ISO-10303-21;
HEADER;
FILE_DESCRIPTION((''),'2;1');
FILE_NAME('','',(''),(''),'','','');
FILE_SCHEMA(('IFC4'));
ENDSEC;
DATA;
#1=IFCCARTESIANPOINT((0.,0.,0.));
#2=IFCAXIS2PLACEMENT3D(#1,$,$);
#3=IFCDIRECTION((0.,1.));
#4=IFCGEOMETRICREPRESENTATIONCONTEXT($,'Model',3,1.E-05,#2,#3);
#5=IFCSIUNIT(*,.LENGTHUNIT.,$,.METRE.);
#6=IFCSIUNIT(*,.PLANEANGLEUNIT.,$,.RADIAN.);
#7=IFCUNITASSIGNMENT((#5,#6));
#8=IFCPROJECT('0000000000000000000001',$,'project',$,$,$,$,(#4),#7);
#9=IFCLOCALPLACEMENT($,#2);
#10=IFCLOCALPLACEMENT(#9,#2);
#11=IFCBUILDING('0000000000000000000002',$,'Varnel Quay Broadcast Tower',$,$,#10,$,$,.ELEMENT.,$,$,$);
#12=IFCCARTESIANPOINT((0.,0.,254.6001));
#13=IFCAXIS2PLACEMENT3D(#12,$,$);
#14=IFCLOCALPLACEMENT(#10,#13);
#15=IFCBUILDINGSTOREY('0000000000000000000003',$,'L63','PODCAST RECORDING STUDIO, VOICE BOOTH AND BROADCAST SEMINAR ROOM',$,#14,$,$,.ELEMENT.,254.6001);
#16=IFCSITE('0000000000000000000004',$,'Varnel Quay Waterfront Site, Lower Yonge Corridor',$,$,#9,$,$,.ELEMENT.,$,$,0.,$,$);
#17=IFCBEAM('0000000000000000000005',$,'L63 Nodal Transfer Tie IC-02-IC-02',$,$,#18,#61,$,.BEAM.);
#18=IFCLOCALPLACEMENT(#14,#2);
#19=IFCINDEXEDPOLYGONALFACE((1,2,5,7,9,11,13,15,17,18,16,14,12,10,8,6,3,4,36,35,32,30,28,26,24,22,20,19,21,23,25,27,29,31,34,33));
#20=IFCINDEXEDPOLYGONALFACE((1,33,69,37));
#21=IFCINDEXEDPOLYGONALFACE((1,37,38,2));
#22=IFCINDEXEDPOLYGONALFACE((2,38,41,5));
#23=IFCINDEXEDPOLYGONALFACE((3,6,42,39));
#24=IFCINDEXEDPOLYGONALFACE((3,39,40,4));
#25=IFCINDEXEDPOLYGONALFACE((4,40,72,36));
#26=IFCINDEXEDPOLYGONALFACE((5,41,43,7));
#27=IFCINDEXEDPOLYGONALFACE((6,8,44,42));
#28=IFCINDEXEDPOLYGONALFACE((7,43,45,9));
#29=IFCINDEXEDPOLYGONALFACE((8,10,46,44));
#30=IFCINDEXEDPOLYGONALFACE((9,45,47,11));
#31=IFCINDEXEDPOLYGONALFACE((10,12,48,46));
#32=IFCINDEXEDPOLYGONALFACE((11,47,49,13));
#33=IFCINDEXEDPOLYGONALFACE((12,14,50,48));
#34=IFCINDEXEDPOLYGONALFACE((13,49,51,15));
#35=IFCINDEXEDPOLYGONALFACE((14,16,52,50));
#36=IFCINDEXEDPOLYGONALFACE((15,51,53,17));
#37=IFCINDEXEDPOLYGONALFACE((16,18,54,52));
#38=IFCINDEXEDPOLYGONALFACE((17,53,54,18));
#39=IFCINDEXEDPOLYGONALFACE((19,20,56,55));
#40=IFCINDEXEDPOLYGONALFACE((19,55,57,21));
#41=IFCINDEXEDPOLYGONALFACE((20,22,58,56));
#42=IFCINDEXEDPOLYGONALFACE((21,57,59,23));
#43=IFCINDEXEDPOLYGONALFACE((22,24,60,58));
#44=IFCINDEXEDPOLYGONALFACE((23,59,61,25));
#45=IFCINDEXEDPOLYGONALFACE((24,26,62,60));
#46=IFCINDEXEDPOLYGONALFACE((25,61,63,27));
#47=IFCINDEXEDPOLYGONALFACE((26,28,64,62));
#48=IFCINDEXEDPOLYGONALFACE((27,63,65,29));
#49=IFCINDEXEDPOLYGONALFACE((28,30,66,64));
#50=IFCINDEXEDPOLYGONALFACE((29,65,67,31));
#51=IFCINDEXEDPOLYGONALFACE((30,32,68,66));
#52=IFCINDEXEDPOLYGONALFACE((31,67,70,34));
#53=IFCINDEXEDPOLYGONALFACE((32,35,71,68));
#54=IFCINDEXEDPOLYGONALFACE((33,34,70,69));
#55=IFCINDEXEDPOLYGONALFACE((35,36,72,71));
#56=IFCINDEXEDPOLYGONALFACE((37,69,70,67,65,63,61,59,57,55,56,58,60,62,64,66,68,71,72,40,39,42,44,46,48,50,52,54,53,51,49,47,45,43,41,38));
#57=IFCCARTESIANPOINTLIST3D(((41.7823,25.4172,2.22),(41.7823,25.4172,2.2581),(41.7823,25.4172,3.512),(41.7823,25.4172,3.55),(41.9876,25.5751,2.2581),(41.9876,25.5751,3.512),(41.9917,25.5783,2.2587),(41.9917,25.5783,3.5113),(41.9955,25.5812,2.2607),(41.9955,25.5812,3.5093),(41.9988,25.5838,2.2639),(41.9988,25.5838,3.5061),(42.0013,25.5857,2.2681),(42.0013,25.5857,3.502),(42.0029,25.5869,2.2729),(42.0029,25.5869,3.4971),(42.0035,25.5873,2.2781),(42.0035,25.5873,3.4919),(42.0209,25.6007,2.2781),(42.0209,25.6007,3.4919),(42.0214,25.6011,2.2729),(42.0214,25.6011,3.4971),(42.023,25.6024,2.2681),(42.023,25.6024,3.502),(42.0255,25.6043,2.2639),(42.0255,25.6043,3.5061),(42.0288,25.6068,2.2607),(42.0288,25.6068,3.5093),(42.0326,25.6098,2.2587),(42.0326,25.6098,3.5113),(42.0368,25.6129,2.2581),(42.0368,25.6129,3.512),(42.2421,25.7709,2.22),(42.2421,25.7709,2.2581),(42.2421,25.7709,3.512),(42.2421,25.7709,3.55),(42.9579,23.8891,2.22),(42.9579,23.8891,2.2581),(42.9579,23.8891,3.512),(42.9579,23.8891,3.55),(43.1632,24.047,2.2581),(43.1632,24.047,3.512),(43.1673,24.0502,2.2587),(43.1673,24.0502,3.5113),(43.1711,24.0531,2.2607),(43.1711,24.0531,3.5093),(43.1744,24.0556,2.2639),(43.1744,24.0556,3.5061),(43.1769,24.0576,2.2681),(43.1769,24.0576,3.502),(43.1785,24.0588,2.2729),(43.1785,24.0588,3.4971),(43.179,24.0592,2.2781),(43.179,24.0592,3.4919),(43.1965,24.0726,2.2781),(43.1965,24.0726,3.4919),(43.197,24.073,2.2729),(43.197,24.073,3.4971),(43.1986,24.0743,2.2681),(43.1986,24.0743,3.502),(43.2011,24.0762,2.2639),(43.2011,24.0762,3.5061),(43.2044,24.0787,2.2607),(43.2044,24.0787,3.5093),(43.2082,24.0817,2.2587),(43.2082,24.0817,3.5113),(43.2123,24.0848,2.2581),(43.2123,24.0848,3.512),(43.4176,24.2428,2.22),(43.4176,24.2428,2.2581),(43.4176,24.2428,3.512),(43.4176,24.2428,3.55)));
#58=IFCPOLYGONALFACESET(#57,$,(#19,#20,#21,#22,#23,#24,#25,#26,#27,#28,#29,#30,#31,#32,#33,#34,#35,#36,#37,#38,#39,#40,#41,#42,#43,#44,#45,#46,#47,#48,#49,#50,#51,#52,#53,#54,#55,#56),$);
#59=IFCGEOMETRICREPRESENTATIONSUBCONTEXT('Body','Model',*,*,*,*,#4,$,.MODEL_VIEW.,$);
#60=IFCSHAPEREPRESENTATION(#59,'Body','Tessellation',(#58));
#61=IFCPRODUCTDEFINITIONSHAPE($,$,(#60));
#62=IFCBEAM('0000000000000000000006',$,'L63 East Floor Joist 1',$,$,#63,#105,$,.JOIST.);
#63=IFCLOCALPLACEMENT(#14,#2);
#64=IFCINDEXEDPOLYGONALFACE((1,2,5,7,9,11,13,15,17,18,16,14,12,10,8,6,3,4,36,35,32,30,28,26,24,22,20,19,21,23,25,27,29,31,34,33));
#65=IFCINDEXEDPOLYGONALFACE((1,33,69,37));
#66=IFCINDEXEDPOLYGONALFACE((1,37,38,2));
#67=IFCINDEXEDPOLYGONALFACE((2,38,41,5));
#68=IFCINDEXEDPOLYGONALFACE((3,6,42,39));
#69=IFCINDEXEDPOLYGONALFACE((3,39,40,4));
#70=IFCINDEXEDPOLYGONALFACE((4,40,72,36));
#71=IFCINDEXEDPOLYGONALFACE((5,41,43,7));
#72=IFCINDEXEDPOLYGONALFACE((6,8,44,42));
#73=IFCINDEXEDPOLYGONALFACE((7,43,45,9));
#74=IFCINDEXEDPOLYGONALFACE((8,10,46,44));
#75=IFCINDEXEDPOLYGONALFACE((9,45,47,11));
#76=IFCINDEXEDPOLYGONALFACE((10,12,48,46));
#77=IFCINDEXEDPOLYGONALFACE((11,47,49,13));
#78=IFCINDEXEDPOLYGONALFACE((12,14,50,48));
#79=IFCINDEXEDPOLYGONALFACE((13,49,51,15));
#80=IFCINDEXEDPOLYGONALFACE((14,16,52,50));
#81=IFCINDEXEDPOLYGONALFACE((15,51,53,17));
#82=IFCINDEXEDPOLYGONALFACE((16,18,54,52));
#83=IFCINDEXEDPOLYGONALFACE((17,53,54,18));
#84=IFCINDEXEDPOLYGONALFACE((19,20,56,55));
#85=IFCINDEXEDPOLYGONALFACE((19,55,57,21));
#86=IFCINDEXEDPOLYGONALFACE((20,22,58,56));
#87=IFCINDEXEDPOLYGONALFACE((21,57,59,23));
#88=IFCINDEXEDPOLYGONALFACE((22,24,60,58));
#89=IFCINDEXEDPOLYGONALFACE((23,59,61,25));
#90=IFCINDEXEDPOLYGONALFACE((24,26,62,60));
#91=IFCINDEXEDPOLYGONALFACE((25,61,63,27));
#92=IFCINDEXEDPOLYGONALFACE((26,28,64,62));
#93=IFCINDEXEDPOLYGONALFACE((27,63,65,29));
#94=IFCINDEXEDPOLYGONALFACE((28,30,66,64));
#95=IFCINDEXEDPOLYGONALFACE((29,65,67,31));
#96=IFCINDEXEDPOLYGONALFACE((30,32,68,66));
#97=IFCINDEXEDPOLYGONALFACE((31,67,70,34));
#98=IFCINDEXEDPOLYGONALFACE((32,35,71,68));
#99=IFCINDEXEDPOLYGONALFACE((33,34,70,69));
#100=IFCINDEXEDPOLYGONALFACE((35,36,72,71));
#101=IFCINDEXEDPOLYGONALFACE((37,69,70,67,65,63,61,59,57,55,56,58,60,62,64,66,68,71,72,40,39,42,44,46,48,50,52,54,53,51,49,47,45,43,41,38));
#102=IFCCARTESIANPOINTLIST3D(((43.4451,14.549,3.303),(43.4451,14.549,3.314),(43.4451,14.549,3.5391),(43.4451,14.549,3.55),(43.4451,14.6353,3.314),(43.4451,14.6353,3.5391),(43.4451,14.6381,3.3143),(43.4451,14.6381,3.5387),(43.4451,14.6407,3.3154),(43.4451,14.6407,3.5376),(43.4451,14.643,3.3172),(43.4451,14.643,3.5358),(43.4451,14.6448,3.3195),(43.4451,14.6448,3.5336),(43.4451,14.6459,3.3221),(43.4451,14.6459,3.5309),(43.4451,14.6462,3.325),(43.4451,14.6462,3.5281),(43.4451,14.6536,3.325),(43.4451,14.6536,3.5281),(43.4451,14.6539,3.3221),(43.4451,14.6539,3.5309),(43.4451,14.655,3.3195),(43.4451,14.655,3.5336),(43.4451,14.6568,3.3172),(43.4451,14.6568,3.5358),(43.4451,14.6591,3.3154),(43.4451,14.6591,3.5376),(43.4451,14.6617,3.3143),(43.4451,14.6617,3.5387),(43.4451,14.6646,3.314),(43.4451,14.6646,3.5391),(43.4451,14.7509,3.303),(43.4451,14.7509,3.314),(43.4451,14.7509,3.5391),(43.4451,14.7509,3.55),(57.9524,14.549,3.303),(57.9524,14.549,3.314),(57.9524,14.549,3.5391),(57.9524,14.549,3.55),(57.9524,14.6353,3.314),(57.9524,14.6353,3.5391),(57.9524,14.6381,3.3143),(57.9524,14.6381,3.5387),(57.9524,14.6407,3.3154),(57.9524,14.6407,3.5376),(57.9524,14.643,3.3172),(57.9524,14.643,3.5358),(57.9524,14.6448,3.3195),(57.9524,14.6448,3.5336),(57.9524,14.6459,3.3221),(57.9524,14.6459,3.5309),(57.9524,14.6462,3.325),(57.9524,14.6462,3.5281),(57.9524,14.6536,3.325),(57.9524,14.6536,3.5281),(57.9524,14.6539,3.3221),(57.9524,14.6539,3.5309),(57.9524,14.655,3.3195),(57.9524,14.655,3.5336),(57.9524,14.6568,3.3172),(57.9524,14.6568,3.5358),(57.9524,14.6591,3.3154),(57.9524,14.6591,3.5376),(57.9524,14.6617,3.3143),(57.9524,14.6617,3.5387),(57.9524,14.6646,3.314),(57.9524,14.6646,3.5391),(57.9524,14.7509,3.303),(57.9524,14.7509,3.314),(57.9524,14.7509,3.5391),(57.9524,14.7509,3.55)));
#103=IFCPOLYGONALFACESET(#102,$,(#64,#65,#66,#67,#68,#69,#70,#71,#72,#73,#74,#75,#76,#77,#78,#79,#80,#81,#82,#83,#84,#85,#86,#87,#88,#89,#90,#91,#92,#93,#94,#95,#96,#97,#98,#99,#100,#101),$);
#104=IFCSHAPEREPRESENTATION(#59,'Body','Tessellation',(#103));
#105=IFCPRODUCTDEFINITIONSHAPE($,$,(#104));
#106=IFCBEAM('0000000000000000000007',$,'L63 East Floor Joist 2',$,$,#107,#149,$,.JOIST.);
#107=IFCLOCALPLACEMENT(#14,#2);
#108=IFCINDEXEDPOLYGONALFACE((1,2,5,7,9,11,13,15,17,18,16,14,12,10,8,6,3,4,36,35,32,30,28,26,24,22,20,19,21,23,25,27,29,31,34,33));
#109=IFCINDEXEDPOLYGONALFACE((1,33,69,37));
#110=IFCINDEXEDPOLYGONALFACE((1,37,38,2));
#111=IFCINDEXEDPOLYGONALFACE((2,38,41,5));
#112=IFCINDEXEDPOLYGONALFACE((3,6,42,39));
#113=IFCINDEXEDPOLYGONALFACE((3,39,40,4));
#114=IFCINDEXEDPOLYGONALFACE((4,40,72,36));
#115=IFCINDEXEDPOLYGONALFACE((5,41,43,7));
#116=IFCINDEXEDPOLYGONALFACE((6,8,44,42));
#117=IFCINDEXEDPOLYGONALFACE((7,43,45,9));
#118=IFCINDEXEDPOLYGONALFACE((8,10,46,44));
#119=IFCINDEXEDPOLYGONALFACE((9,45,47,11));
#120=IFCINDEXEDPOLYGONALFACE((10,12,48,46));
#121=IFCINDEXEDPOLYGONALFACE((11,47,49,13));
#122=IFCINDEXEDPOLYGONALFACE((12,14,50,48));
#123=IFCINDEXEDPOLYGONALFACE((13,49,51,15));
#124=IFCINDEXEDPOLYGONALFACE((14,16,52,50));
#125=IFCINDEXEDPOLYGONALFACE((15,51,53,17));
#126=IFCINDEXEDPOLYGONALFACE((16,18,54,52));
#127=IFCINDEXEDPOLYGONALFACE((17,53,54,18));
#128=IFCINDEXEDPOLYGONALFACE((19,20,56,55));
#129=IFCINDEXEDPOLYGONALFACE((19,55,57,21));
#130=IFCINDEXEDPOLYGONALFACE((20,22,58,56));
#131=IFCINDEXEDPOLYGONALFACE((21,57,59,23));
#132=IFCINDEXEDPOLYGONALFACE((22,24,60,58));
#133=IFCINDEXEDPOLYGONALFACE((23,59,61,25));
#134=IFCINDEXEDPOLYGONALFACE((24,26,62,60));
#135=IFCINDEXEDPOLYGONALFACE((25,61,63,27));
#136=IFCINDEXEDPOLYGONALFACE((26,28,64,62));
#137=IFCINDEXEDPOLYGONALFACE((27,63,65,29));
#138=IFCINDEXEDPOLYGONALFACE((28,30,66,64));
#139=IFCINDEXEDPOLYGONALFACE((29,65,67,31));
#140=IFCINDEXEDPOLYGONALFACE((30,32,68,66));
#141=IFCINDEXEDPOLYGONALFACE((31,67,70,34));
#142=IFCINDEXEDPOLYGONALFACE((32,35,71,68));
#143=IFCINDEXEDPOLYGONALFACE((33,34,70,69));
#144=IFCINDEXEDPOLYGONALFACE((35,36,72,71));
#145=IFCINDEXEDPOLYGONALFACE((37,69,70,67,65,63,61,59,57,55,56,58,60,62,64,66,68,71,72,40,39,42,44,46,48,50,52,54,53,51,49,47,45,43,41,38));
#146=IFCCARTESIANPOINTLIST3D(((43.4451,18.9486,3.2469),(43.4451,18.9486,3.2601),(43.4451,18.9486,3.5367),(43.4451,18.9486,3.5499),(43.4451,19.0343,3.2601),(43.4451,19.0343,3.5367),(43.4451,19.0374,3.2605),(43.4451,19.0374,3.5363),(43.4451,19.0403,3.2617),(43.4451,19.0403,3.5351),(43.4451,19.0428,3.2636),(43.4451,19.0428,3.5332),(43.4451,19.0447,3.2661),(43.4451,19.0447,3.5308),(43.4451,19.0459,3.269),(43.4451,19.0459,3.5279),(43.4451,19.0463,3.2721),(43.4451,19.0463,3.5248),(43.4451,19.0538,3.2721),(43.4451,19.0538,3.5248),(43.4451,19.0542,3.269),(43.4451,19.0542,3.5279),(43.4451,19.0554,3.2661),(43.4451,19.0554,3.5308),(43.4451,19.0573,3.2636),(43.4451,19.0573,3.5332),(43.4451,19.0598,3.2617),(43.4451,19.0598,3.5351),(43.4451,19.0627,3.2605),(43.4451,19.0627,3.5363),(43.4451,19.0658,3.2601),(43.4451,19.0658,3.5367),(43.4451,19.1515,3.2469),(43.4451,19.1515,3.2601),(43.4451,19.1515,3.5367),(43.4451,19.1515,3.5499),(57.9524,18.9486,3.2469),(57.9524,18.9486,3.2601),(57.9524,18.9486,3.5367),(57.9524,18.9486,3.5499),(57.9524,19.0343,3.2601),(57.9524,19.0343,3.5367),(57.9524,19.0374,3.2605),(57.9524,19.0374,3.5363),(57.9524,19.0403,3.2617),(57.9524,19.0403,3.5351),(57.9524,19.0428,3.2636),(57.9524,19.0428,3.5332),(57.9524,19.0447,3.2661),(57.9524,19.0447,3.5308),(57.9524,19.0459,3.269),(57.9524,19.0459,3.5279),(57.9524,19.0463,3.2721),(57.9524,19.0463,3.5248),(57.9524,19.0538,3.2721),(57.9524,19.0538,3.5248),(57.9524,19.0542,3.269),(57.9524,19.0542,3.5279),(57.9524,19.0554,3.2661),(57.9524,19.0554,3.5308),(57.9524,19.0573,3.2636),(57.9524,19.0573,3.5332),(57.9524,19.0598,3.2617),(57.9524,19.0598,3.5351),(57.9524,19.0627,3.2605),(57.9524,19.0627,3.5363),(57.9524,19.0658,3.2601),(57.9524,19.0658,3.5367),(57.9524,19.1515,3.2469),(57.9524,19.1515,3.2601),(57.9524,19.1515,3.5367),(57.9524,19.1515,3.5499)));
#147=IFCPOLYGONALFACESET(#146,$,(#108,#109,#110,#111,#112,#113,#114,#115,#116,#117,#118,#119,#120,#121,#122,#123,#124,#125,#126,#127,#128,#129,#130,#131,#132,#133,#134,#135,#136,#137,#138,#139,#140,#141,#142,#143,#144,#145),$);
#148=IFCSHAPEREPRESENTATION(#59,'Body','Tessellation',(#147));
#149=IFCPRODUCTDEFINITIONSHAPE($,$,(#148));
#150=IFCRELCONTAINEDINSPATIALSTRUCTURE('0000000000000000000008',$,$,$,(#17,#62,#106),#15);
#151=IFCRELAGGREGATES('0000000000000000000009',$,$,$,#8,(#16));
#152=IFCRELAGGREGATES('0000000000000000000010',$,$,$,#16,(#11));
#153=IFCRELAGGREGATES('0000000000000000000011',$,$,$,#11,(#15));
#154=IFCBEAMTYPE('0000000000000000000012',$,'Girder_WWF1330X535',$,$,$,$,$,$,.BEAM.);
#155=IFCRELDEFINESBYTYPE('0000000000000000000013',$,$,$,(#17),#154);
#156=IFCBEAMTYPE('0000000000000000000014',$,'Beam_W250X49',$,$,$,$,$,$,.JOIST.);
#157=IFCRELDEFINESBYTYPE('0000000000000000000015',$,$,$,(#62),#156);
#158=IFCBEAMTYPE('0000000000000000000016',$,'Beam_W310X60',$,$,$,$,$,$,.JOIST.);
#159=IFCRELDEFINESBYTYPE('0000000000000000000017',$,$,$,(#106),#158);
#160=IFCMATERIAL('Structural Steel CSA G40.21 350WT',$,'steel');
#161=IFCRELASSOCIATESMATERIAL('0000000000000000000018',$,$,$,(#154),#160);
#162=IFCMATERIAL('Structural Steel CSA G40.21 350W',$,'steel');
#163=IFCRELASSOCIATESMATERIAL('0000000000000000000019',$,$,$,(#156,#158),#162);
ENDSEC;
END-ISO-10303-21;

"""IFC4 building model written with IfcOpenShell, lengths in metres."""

from ifc_helpers import new_model, si_unit, direction, frame, origin, origin_2d, place, context, subcontext, project, spatial, i_section, extrude, source, transform, mapped, material, material_profile, profile_set, type_object, type_shapes, element, save


model = new_model("IFC4")

# Units and contexts
model_context = context("Model", 3, precision=1e-05, world=origin(), true_north=direction((0.0, 1.0)))
body_context = subcontext(model_context, "Body", "Model", "MODEL_VIEW")
ifc_project = project(units=[si_unit("LENGTHUNIT", "METRE"), si_unit("PLANEANGLEUNIT", "RADIAN")], contexts=[model_context])

# Site, building, storey
site_placement = place(None, origin())
site = spatial("IfcSite", under=ifc_project, at=site_placement, Name="Varnel Quay Waterfront Site, Lower Yonge Corridor", CompositionType="ELEMENT", RefElevation=0.0)
building_placement = place(site_placement, origin())
building = spatial("IfcBuilding", under=site, at=building_placement, Name="Varnel Quay Broadcast Tower", CompositionType="ELEMENT")
storey_placement = place(building_placement, frame((0.0, 0.0, 254.6001)))
storey = spatial("IfcBuildingStorey", under=building, at=storey_placement, Name="L63", Description="PODCAST RECORDING STUDIO, VOICE BOOTH AND BROADCAST SEMINAR ROOM", CompositionType="ELEMENT", Elevation=254.6001)

# Shared definitions
ifc_material_1 = material(Name="Structural Steel CSA G40.21 350W", Category="steel")

# Beams
ifc_material_2 = material(Name="Structural Steel CSA G40.21 350WT", Category="steel")
ifc_material_profile_1 = material_profile(ifc_material_2, i_section(OverallWidth=0.5801, OverallDepth=1.3301, WebThickness=0.022, FlangeThickness=0.0381, FilletRadius=0.02, at=origin_2d()), Name="WWF1330X535")
ifc_profile_set_1 = profile_set([ifc_material_profile_1], Name="Structural Steel CSA G40.21 350WT")
beam_type_1 = type_object("IfcBeamType", Name="Girder_WWF1330X535", PredefinedType="BEAM", material=ifc_profile_set_1)
shared_shape_1 = source(origin(), body_context, "Body", "SweptSolid", [
    extrude(i_section(OverallWidth=0.5801, OverallDepth=1.3301, WebThickness=0.022, FlangeThickness=0.0381, FilletRadius=0.02, at=origin_2d()), origin(), (0.0, 0.0, 1.0), 1.928),
])
beam_1_placement = place(storey_placement, frame((43.1877, 24.0659, 2.885), z_axis=(-0.609741, 0.7926, 0.0), x_axis=(-0.7926, -0.609741, 0.0)))
element("IfcBeam", 1, at=beam_1_placement, inside=storey, type_object=beam_type_1, Name="L63 Nodal Transfer Tie IC-02-IC-02", PredefinedType="BEAM", context=body_context, shape_type="MappedRepresentation", body=[
    mapped(shared_shape_1, transform((0.0, 0.0, 0.0), x_axis=(1.0, 0.0, 0.0), y_axis=(0.0, 1.0, 0.0), z_axis=(0.0, 0.0, 1.0), scale=1.0)),
])
ifc_material_profile_2 = material_profile(ifc_material_1, i_section(OverallWidth=0.2019, OverallDepth=0.2471, WebThickness=0.0073, FlangeThickness=0.011, FilletRadius=0.011, at=origin_2d()), Name="W250X49")
ifc_profile_set_2 = profile_set([ifc_material_profile_2], Name="Structural Steel CSA G40.21 350W")
beam_type_2 = type_object("IfcBeamType", Name="Beam_W250X49", PredefinedType="JOIST", material=ifc_profile_set_2)
shared_shape_2 = source(origin(), body_context, "Body", "SweptSolid", [
    extrude(i_section(OverallWidth=0.2019, OverallDepth=0.2471, WebThickness=0.0073, FlangeThickness=0.011, FilletRadius=0.011, at=origin_2d()), origin(), (0.0, 0.0, 1.0), 14.5073),
])
type_shapes(beam_type_2, [shared_shape_2])
beam_2_placement = place(storey_placement, frame((43.4451, 14.6499, 3.4265), z_axis=(1.0, 0.0, 0.0), x_axis=(0.0, 1.0, 0.0)))
element("IfcBeam", 2, at=beam_2_placement, inside=storey, type_object=beam_type_2, Name="L63 East Floor Joist 1", PredefinedType="JOIST", context=body_context, shape_type="MappedRepresentation", body=[
    mapped(shared_shape_2, transform((0.0, 0.0, 0.0), x_axis=(1.0, 0.0, 0.0), y_axis=(0.0, 1.0, 0.0), z_axis=(0.0, 0.0, 1.0), scale=1.0)),
])
ifc_material_profile_3 = material_profile(ifc_material_1, i_section(OverallWidth=0.2029, OverallDepth=0.303, WebThickness=0.0076, FlangeThickness=0.0132, FilletRadius=0.012, at=origin_2d()), Name="W310X60")
ifc_profile_set_3 = profile_set([ifc_material_profile_3], Name="Structural Steel CSA G40.21 350W")
beam_type_3 = type_object("IfcBeamType", Name="Beam_W310X60", PredefinedType="JOIST", material=ifc_profile_set_3)
shared_shape_3 = source(origin(), body_context, "Body", "SweptSolid", [
    extrude(i_section(OverallWidth=0.2029, OverallDepth=0.303, WebThickness=0.0076, FlangeThickness=0.0132, FilletRadius=0.012, at=origin_2d()), origin(), (0.0, 0.0, 1.0), 14.5073),
])
type_shapes(beam_type_3, [shared_shape_3])
beam_3_placement = place(storey_placement, frame((43.4451, 19.05, 3.3984), z_axis=(1.0, 0.0, 0.0), x_axis=(0.0, 1.0, 0.0)))
element("IfcBeam", 3, at=beam_3_placement, inside=storey, type_object=beam_type_3, Name="L63 East Floor Joist 2", PredefinedType="JOIST", context=body_context, shape_type="MappedRepresentation", body=[
    mapped(shared_shape_3, transform((0.0, 0.0, 0.0), x_axis=(1.0, 0.0, 0.0), y_axis=(0.0, 1.0, 0.0), z_axis=(0.0, 0.0, 1.0), scale=1.0)),
])

save(model, "model.ifc")
